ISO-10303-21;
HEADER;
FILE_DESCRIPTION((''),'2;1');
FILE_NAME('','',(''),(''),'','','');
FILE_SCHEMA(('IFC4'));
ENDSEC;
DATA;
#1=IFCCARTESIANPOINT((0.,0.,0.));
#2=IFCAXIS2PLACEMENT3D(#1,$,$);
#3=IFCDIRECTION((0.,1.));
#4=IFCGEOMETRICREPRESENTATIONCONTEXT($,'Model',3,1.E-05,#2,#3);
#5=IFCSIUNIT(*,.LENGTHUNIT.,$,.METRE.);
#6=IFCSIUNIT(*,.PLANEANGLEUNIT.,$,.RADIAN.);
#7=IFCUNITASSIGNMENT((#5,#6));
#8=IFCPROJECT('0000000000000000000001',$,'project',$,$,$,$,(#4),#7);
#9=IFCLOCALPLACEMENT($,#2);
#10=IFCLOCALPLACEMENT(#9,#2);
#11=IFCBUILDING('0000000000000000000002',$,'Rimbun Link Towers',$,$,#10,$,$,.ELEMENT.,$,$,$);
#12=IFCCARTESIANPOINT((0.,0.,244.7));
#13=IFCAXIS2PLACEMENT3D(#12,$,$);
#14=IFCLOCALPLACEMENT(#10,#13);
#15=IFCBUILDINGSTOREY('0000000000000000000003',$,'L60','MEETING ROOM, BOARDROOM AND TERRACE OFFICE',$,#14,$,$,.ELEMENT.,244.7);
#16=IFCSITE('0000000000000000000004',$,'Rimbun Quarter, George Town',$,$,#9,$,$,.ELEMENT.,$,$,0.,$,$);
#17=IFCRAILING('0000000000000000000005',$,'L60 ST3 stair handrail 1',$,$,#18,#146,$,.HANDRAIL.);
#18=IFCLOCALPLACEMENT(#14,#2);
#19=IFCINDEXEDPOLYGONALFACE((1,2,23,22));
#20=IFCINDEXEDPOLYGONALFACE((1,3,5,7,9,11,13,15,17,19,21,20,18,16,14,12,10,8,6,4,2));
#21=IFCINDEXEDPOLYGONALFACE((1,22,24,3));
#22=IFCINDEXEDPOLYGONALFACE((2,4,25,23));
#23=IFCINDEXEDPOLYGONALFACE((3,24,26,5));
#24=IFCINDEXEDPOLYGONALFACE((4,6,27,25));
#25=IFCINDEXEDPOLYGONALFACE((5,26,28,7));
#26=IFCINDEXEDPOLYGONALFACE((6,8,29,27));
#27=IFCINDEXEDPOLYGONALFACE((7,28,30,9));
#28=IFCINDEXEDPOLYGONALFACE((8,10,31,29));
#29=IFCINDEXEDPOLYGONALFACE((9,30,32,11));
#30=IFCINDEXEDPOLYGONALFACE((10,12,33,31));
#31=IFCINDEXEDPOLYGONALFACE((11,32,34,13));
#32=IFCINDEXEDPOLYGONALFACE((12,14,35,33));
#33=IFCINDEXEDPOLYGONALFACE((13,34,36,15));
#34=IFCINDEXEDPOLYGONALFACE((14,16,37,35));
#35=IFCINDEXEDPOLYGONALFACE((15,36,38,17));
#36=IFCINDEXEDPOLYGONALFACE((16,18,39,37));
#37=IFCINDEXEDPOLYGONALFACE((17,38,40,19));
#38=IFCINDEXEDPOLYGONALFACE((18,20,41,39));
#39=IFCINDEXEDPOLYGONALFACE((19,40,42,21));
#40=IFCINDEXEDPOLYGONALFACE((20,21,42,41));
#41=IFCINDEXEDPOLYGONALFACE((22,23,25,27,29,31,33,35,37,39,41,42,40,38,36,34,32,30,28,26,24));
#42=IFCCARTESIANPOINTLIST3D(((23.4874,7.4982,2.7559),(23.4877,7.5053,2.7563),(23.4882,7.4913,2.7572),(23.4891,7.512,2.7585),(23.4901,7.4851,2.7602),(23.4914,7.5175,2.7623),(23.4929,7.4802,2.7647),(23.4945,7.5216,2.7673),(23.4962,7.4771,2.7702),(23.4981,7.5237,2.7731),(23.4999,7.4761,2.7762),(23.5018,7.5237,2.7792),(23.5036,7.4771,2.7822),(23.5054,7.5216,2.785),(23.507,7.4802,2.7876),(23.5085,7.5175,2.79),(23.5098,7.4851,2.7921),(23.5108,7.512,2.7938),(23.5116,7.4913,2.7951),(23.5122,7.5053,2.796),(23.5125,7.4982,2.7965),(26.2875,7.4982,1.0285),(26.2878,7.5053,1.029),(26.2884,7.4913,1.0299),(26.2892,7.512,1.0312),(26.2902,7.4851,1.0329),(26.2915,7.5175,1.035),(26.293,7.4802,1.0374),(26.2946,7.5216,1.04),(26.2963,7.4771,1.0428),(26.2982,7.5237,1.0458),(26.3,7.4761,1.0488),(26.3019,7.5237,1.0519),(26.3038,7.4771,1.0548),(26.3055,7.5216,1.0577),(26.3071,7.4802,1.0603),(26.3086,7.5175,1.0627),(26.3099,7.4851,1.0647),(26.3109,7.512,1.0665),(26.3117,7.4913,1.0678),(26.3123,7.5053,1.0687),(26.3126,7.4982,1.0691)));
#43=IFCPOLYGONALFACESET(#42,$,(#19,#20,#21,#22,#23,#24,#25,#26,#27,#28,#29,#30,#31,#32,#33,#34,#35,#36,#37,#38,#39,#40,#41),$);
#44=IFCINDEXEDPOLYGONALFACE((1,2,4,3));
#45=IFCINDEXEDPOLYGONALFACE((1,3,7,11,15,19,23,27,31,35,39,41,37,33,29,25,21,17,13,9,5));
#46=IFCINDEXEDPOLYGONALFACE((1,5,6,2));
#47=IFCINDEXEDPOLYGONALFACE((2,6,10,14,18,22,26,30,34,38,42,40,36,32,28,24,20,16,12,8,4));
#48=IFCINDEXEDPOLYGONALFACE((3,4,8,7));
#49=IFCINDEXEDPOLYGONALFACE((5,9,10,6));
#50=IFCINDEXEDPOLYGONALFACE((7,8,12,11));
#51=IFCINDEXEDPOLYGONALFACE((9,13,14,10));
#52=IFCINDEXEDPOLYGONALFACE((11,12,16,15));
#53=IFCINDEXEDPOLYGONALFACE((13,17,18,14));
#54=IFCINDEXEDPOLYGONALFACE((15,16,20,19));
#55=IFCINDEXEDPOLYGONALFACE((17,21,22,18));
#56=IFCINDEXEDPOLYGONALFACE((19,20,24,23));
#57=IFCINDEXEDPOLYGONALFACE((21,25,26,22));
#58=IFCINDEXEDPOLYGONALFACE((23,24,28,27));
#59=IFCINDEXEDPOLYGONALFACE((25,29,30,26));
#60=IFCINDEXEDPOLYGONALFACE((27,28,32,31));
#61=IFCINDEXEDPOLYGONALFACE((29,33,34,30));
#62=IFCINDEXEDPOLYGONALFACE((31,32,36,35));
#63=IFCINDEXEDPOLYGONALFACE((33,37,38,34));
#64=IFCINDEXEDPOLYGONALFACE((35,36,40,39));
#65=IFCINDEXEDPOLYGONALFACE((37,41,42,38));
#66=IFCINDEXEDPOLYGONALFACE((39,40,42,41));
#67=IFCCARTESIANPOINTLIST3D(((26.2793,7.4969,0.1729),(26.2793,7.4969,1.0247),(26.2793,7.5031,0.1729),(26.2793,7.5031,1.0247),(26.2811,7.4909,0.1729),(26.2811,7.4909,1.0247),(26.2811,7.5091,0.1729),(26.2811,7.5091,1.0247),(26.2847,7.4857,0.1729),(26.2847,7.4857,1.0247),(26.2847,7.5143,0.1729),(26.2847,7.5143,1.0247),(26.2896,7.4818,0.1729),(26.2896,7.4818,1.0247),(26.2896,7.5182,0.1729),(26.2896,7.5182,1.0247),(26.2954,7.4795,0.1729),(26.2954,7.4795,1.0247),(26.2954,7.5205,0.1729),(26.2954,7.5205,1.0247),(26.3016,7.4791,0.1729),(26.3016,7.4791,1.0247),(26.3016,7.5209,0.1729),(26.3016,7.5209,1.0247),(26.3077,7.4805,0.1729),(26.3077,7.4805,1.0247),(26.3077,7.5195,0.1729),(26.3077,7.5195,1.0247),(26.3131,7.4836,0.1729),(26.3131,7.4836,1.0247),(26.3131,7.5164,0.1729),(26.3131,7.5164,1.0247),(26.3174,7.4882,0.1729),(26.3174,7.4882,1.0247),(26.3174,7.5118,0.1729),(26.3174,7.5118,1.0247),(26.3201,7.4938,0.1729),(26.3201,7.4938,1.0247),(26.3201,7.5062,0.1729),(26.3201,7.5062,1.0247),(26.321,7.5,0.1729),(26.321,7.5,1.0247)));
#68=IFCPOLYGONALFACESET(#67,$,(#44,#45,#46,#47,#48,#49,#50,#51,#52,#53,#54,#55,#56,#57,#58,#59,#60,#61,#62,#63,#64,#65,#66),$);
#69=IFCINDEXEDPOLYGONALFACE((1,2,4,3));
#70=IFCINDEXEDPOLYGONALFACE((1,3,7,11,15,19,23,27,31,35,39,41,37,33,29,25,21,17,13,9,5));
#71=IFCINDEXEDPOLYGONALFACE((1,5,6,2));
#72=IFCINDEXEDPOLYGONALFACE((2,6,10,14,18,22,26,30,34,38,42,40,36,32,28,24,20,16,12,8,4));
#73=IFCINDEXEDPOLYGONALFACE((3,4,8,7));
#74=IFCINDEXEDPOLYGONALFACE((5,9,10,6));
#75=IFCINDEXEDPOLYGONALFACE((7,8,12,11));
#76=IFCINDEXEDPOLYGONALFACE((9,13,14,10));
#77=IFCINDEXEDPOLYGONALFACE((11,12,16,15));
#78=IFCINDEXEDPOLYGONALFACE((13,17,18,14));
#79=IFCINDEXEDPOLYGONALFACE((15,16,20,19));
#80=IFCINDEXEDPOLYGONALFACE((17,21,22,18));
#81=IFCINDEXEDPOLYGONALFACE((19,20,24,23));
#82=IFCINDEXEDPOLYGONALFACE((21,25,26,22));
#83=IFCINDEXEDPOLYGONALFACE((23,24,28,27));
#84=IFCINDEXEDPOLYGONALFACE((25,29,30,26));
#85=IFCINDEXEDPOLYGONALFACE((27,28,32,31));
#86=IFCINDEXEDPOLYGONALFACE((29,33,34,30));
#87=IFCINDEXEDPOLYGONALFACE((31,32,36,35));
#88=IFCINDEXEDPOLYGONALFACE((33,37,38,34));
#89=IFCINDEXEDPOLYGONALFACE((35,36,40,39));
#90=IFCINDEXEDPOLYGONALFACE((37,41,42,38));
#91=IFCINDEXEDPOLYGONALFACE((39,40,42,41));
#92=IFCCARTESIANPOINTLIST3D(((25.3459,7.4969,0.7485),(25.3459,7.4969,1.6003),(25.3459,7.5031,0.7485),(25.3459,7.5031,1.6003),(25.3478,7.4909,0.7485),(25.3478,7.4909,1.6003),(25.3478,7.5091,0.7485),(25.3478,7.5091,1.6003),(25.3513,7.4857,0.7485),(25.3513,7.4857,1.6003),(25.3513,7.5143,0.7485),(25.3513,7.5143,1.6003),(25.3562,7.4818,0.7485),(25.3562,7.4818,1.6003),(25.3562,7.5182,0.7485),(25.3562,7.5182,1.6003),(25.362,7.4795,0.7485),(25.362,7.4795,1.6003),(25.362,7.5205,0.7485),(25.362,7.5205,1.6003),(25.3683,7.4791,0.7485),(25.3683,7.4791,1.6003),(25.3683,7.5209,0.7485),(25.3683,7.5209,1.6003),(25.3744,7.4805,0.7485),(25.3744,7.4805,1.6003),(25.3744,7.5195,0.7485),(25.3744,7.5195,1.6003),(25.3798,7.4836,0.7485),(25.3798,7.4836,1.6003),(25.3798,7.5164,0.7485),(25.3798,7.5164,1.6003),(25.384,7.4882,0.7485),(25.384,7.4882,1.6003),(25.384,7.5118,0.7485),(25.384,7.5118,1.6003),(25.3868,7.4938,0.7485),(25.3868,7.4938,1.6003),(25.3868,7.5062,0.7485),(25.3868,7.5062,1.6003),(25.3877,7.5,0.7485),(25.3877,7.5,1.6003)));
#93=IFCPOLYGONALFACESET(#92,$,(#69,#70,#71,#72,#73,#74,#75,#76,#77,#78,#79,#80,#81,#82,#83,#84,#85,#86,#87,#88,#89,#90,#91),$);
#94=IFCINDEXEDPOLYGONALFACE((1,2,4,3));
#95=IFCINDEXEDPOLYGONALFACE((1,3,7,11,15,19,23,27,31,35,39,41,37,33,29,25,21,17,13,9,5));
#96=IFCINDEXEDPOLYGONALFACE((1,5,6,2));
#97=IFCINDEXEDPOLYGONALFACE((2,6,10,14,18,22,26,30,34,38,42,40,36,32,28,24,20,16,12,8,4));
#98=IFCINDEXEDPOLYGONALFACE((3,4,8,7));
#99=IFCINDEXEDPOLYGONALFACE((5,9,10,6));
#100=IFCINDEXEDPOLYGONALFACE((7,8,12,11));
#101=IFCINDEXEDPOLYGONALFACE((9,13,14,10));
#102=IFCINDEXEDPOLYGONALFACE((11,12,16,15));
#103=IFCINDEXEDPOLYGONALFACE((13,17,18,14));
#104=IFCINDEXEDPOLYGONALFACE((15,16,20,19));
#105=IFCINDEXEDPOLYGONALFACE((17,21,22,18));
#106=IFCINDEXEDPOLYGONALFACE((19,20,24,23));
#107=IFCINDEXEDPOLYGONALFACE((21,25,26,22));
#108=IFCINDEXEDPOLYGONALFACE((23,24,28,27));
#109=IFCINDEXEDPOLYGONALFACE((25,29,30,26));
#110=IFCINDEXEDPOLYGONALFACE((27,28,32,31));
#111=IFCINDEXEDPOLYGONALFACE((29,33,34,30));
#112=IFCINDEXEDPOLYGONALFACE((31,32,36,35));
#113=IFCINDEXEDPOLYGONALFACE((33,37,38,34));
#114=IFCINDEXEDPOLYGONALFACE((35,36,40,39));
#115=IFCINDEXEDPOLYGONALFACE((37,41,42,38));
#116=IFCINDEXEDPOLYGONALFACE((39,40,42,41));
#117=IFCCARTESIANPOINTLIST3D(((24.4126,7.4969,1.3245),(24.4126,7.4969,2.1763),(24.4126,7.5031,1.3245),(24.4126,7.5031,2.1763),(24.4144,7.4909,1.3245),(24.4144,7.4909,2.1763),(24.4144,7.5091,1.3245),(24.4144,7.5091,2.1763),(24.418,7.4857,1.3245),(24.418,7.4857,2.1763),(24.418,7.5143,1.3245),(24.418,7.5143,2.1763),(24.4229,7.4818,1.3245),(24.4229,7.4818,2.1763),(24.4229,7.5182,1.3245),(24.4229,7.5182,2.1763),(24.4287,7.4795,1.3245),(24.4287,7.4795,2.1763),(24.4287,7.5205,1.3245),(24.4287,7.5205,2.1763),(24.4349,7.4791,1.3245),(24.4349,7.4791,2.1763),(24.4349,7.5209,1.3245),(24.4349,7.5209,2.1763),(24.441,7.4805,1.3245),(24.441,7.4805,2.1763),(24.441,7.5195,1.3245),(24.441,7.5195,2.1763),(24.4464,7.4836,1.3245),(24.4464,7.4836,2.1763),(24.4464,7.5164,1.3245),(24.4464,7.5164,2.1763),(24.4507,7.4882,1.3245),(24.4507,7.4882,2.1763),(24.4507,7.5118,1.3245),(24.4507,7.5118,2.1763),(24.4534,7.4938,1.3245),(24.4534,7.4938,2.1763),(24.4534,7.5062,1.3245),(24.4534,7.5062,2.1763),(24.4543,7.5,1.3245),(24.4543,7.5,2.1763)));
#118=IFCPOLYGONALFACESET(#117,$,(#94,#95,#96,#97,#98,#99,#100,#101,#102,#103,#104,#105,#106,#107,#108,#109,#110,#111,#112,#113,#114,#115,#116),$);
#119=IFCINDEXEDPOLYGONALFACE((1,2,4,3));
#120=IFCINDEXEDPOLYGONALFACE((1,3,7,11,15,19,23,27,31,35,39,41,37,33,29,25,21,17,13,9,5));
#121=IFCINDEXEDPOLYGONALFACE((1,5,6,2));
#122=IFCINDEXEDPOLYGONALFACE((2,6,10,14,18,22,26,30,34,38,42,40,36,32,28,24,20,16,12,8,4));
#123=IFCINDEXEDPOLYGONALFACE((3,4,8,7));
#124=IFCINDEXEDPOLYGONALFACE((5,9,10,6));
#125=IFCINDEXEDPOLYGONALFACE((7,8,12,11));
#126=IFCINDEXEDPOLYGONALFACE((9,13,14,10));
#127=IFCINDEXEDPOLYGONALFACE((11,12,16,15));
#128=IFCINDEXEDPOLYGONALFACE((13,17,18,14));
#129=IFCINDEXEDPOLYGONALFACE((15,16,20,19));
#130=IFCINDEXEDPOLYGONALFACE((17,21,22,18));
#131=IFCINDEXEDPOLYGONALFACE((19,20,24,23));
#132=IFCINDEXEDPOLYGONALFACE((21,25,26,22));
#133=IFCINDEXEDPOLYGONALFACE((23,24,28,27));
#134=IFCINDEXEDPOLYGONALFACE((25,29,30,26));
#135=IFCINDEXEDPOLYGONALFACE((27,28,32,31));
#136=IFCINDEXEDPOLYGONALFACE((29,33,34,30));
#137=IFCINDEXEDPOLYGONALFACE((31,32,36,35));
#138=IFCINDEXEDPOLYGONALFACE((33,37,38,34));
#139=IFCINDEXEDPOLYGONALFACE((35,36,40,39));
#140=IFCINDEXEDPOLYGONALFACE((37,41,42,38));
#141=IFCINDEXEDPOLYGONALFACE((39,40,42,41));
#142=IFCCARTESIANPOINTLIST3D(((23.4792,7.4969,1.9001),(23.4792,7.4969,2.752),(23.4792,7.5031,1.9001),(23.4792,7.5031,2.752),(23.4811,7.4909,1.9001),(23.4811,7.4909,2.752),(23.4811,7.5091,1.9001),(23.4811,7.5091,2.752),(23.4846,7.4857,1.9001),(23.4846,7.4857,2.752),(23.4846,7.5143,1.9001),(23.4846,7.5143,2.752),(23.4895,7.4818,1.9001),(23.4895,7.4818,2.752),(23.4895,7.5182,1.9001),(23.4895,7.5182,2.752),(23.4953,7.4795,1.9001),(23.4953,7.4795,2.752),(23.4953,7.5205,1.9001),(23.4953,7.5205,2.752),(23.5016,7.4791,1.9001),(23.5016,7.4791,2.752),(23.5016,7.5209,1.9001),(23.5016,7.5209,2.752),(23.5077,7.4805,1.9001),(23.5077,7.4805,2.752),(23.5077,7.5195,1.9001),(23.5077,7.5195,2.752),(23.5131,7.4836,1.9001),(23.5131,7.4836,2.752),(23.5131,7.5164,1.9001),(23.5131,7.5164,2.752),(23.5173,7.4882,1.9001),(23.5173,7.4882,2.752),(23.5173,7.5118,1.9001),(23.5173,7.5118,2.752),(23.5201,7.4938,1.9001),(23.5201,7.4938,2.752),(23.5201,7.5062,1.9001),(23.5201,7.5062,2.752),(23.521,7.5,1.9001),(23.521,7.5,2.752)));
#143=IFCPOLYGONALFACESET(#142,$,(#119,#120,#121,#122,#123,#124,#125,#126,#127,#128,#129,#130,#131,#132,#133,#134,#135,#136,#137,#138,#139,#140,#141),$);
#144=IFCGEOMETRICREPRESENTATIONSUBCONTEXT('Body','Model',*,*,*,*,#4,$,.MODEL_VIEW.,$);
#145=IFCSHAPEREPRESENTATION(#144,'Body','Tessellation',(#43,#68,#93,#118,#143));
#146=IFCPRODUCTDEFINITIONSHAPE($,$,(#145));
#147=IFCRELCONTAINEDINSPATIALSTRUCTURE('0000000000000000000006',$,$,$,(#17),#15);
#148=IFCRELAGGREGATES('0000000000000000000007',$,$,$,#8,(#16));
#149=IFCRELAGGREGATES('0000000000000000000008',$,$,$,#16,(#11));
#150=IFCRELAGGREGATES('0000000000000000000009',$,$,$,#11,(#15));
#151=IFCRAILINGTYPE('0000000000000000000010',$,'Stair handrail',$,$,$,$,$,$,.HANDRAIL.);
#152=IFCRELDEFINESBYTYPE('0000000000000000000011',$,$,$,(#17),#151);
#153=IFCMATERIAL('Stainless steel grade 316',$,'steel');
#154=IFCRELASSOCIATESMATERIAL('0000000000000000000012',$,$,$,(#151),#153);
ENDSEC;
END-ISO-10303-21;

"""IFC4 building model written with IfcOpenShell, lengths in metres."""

from ifc_helpers import new_model, si_unit, direction, frame, origin, origin_2d, place, context, subcontext, project, spatial, circle, extrude, material, type_object, element, save


model = new_model("IFC4")

# Units and contexts
model_context = context("Model", 3, precision=1e-05, world=origin(), true_north=direction((0.0, 1.0)))
body_context = subcontext(model_context, "Body", "Model", "MODEL_VIEW")
ifc_project = project(units=[si_unit("LENGTHUNIT", "METRE"), si_unit("PLANEANGLEUNIT", "RADIAN")], contexts=[model_context])

# Site, building, storey
site_placement = place(None, origin())
site = spatial("IfcSite", under=ifc_project, at=site_placement, Name="Rimbun Quarter, George Town", CompositionType="ELEMENT", RefElevation=0.0)
building_placement = place(site_placement, origin())
building = spatial("IfcBuilding", under=site, at=building_placement, Name="Rimbun Link Towers", CompositionType="ELEMENT")
storey_placement = place(building_placement, frame((0.0, 0.0, 244.7)))
storey = spatial("IfcBuildingStorey", under=building, at=storey_placement, Name="L60", Description="MEETING ROOM, BOARDROOM AND TERRACE OFFICE", CompositionType="ELEMENT", Elevation=244.7)

# Railing
ifc_material_1 = material(Name="Stainless steel grade 316", Category="steel")
railing_type_1 = type_object("IfcRailingType", Name="Stair handrail", PredefinedType="HANDRAIL", material=ifc_material_1)
railing_1_placement = place(storey_placement, frame((26.3, 7.5, 0.1729)))
element("IfcRailing", 1, at=railing_1_placement, inside=storey, type_object=railing_type_1, Name="L60 ST3 stair handrail 1", PredefinedType="HANDRAIL", context=body_context, shape_type="SweptSolid", body=[
    extrude(circle(Radius=0.0239, at=origin_2d()), frame((0.0, 0.0, 0.876), z_axis=(-0.85109, 0.0, 0.52502), x_axis=(0.0, -1.0, 0.0)), (0.0, 0.0, 1.0), 3.29),
    extrude(circle(Radius=0.021, at=origin_2d()), origin(), (0.0, 0.0, 1.0), 0.8518),
    extrude(circle(Radius=0.021, at=origin_2d()), frame((-0.9333, 0.0, 0.5757)), (0.0, 0.0, 1.0), 0.8518),
    extrude(circle(Radius=0.021, at=origin_2d()), frame((-1.8667, 0.0, 1.1516)), (0.0, 0.0, 1.0), 0.8518),
    extrude(circle(Radius=0.021, at=origin_2d()), frame((-2.8, 0.0, 1.7273)), (0.0, 0.0, 1.0), 0.8518),
])

save(model, "model.ifc")
